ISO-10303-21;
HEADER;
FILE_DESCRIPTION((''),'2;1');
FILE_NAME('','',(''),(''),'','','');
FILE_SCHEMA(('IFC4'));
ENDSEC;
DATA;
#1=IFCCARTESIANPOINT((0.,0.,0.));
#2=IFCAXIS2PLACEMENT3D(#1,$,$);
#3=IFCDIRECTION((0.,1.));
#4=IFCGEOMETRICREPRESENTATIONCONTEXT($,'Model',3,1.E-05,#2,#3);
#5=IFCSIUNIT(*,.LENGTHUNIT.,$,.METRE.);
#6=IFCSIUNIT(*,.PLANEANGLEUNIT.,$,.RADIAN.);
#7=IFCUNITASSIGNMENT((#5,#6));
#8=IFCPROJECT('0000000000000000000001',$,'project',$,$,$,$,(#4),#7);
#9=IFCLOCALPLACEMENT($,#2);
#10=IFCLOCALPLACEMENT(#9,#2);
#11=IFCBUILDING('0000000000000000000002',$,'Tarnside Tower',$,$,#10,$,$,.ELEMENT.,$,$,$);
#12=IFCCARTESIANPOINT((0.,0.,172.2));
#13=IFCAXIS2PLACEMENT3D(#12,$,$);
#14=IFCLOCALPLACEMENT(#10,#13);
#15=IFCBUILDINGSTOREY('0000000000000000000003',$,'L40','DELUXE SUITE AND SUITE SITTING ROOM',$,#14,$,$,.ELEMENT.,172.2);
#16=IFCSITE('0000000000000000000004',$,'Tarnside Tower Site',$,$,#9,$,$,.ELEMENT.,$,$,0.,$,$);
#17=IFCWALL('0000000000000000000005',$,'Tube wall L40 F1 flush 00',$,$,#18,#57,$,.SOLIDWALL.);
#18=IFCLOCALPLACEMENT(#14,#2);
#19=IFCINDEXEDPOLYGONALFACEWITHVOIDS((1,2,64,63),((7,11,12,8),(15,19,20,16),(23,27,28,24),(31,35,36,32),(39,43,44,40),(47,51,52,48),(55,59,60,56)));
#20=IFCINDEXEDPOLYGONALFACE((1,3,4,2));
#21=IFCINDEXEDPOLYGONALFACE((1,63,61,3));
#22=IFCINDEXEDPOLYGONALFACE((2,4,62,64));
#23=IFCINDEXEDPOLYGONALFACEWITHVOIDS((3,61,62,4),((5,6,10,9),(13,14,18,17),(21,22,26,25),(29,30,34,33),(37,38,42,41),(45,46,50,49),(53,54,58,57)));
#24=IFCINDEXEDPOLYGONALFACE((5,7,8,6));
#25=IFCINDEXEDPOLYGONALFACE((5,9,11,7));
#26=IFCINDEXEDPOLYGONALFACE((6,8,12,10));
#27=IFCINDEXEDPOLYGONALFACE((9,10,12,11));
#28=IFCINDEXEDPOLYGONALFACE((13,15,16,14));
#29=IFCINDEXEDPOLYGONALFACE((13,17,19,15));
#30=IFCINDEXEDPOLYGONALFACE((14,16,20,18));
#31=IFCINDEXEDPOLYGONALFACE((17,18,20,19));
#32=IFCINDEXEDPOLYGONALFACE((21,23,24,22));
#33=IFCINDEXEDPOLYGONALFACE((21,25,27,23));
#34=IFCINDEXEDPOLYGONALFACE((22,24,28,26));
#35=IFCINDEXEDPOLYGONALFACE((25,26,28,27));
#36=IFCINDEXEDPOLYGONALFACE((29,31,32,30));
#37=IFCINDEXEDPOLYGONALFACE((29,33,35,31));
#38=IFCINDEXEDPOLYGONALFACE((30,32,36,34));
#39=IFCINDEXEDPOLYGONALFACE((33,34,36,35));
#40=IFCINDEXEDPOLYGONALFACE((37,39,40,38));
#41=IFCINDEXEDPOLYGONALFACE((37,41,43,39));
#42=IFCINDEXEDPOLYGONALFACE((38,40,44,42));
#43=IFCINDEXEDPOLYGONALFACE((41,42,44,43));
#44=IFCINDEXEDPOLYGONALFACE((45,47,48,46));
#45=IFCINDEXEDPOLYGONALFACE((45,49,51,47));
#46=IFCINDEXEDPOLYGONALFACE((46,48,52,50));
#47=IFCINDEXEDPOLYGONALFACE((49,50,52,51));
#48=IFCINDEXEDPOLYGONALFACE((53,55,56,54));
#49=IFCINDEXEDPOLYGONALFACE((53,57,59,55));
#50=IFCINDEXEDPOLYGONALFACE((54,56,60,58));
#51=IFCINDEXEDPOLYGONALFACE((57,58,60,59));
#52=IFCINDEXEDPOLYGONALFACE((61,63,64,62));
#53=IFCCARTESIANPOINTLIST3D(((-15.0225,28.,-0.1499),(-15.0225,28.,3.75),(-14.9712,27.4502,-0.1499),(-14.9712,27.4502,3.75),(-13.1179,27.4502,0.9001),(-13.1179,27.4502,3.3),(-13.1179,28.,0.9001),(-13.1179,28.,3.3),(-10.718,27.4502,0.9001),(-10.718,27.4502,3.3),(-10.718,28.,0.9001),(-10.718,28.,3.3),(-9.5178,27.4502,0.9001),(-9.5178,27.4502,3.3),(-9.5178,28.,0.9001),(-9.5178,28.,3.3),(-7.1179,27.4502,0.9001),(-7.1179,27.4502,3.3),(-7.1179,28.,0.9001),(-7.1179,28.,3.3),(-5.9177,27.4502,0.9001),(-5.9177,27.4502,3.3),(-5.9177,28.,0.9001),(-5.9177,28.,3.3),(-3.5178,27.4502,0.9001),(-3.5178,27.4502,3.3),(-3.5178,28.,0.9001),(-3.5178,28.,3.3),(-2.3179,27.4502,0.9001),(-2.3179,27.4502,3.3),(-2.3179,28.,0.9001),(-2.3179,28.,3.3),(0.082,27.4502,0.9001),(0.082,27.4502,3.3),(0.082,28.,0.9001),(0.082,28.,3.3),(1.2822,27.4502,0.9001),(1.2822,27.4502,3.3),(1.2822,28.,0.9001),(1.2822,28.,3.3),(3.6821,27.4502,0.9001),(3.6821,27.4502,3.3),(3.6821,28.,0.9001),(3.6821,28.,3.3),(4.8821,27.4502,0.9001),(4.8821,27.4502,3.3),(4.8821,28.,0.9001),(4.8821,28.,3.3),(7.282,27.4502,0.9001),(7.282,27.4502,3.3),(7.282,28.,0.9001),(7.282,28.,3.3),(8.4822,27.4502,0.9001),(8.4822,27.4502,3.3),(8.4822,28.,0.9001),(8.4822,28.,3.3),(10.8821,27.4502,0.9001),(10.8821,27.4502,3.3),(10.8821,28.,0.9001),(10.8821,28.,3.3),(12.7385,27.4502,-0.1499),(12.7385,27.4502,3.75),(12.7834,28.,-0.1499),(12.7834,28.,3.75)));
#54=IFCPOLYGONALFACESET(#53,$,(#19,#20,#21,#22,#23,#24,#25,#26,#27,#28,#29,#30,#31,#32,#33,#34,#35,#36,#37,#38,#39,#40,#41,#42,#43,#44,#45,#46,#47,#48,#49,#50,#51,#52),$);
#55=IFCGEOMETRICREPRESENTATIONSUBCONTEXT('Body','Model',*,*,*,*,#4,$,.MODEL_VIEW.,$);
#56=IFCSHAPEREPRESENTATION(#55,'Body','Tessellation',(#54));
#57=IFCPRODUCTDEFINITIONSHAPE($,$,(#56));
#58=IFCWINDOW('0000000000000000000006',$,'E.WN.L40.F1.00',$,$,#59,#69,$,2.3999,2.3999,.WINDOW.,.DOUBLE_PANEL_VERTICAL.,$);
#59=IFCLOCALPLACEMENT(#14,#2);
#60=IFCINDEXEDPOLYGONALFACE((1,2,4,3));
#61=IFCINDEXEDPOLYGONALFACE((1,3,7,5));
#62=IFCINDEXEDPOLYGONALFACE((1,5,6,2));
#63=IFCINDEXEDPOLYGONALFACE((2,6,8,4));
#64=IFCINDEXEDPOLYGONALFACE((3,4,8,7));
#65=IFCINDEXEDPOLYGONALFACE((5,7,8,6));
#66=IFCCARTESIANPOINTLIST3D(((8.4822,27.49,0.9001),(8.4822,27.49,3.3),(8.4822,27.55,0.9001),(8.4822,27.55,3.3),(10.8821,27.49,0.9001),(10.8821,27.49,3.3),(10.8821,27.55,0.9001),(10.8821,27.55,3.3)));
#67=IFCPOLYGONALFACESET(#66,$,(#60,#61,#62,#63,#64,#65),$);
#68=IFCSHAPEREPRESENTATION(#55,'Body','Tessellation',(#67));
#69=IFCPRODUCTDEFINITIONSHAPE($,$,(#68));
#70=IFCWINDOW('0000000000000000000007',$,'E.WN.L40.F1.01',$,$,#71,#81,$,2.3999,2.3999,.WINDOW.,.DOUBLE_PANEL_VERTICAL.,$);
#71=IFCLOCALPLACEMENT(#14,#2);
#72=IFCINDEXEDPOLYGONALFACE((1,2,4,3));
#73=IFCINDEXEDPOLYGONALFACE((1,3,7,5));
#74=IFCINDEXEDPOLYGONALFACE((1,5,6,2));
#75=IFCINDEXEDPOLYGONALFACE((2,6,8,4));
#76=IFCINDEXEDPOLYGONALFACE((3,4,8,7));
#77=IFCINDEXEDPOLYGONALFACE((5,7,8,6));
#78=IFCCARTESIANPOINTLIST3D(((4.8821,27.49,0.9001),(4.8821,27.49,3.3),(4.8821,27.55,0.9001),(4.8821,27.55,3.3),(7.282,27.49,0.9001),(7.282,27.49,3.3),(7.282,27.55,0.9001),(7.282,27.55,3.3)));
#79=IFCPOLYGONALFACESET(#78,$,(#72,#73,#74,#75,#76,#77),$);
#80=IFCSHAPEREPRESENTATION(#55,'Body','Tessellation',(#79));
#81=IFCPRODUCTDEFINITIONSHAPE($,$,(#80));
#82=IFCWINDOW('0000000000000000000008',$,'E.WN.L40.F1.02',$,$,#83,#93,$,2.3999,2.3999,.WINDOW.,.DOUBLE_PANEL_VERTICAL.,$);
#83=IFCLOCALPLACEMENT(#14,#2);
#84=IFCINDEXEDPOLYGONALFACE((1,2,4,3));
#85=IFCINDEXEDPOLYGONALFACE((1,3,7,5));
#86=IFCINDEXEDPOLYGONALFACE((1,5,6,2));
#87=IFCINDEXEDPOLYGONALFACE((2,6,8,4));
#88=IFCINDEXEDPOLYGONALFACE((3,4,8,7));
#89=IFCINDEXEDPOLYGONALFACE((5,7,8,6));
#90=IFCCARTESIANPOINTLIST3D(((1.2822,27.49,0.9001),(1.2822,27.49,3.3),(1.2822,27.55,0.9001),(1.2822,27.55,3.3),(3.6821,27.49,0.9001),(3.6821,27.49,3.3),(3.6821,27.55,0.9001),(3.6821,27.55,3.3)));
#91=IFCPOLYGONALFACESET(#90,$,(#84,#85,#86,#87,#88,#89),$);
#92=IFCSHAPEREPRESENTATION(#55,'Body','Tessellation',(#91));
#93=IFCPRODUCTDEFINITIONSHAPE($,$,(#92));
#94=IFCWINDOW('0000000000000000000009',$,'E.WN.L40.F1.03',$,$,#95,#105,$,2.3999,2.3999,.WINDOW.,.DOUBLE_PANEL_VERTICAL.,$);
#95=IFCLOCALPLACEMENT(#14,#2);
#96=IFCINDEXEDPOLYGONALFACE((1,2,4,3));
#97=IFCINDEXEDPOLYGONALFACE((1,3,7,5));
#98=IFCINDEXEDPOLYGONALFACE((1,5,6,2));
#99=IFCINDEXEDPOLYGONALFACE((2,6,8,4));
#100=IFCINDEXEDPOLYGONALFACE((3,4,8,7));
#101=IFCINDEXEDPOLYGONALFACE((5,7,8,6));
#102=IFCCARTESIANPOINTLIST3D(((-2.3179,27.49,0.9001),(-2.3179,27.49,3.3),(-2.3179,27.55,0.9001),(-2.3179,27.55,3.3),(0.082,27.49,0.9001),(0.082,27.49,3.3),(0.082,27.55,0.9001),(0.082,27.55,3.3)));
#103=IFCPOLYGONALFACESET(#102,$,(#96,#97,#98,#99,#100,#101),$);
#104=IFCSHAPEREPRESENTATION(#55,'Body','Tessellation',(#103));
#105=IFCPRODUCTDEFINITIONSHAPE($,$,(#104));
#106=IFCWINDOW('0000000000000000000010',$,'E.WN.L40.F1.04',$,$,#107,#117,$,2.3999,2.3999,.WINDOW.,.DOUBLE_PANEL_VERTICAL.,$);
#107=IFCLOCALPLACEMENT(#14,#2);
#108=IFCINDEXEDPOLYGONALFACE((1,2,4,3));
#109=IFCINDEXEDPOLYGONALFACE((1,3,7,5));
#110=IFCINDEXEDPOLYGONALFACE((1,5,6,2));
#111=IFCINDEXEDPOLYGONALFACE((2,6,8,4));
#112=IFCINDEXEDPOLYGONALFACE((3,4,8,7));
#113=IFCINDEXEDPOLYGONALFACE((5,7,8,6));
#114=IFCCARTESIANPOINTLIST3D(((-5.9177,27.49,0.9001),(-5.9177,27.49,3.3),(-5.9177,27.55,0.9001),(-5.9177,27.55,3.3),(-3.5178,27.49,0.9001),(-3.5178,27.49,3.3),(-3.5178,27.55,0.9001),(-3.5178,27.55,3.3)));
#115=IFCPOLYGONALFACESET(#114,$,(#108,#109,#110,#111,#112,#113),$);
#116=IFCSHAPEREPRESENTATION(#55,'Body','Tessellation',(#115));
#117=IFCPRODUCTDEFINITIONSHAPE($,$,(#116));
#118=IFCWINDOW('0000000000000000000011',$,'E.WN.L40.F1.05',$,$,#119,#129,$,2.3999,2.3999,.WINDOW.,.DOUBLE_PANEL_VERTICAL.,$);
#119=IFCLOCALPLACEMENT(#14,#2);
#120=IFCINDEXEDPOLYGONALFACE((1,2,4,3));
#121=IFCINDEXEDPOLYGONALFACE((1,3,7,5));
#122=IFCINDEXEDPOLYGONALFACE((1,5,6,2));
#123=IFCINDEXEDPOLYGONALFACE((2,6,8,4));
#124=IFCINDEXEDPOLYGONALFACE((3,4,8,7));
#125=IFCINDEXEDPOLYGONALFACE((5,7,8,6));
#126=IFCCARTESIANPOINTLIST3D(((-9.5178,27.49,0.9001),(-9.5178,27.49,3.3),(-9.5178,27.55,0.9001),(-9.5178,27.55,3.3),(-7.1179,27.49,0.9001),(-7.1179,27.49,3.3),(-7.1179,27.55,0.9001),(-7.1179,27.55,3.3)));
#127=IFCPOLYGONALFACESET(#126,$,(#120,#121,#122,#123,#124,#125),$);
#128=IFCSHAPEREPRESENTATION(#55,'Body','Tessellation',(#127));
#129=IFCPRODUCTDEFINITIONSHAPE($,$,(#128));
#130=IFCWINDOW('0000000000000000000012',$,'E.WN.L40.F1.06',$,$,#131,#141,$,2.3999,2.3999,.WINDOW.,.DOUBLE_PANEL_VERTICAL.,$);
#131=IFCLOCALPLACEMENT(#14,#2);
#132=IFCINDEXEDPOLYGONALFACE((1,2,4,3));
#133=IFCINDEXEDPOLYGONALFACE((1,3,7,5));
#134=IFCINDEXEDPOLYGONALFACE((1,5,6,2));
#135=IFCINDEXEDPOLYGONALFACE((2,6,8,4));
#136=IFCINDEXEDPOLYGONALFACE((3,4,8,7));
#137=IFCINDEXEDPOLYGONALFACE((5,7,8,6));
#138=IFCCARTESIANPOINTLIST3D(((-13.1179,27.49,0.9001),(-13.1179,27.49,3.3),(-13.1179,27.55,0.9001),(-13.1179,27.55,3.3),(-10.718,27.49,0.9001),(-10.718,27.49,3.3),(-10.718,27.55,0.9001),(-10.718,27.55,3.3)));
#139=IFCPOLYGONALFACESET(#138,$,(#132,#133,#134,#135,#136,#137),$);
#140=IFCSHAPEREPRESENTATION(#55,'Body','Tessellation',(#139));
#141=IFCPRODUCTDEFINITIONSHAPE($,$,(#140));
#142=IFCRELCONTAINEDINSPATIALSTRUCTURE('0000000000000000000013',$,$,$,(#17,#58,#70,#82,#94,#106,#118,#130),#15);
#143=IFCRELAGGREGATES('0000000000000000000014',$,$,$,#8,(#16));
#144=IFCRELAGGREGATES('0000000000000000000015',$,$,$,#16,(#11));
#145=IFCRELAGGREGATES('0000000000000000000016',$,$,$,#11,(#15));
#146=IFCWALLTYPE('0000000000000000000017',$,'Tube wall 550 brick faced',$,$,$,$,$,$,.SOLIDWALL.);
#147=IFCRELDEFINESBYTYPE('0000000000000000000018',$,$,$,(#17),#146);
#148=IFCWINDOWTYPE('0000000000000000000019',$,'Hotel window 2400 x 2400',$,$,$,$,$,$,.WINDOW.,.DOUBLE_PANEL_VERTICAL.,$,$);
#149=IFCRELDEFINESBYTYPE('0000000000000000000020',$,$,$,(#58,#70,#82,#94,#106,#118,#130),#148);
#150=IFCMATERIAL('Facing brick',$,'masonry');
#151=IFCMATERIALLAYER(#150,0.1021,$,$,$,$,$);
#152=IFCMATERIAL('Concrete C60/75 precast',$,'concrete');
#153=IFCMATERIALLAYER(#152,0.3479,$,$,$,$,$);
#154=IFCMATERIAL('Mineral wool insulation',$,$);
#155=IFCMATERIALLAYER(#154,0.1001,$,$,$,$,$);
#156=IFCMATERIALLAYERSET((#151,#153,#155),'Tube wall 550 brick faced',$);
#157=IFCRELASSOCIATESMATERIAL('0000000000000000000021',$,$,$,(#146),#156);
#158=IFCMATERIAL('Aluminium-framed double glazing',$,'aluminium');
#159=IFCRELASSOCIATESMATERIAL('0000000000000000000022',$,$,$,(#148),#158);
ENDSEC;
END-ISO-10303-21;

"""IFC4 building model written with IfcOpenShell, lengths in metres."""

from ifc_helpers import new_model, si_unit, direction, frame, frame_2d, origin, place, context, subcontext, project, spatial, polyline, rectangle, outline, extrude, material, layer, layer_set, type_object, element, fill, save


model = new_model("IFC4")

# Units and contexts
model_context = context("Model", 3, precision=1e-05, world=origin(), true_north=direction((0.0, 1.0)))
body_context = subcontext(model_context, "Body", "Model", "MODEL_VIEW")
ifc_project = project(units=[si_unit("LENGTHUNIT", "METRE"), si_unit("PLANEANGLEUNIT", "RADIAN")], contexts=[model_context])

# Site, building, storey
site_placement = place(None, origin())
site = spatial("IfcSite", under=ifc_project, at=site_placement, Name="Tarnside Tower Site", CompositionType="ELEMENT", RefElevation=0.0)
building_placement = place(site_placement, origin())
building = spatial("IfcBuilding", under=site, at=building_placement, Name="Tarnside Tower", CompositionType="ELEMENT")
storey_placement = place(building_placement, frame((0.0, 0.0, 172.2)))
storey = spatial("IfcBuildingStorey", under=building, at=storey_placement, Name="L40", Description="DELUXE SUITE AND SUITE SITTING ROOM", CompositionType="ELEMENT", Elevation=172.2)

# Wall, openings, windows
ifc_material_1 = material(Name="Facing brick", Category="masonry")
ifc_layer_1 = layer(ifc_material_1, 0.1021)
ifc_material_2 = material(Name="Concrete C60/75 precast", Category="concrete")
ifc_layer_2 = layer(ifc_material_2, 0.3479)
ifc_material_3 = material(Name="Mineral wool insulation")
ifc_layer_3 = layer(ifc_material_3, 0.1001)
ifc_layer_set_1 = layer_set([ifc_layer_1, ifc_layer_2, ifc_layer_3], Name="Tube wall 550 brick faced")
wall_type_1 = type_object("IfcWallType", Name="Tube wall 550 brick faced", PredefinedType="SOLIDWALL", material=ifc_layer_set_1)
wall_1_placement = place(storey_placement, frame((12.761, 27.7251, -0.1499), z_axis=(0.0, 0.0, 1.0), x_axis=(-1.0, 0.0, 0.0)))
wall_1 = element("IfcWall", 1, at=wall_1_placement, inside=storey, type_object=wall_type_1, Name="Tube wall L40 F1 flush 00", PredefinedType="SOLIDWALL", context=body_context, shape_type="SweptSolid", body=[
    extrude(outline(polyline([(-0.0225, -0.2749), (27.7834, -0.2749), (27.7322, 0.2749), (0.0225, 0.2749), (-0.0225, -0.2749)])), origin(), (0.0, 0.0, 1.0), 3.8999),
])
opening_1_placement = place(wall_1_placement, frame((1.8789, 0.0, 1.05)))
opening_1 = element("IfcOpeningElement", 2, at=opening_1_placement, cuts=wall_1, PredefinedType="OPENING", context=body_context, shape_type="SweptSolid", body=[
    extrude(rectangle(XDim=2.3999, YDim=2.3999, at=frame_2d((1.2, 1.2))), frame((0.0, 0.2852, 0.0), z_axis=(0.0, -1.0, 0.0), x_axis=(1.0, 0.0, 0.0)), (0.0, 0.0, 1.0), 0.5701),
])
opening_2_placement = place(wall_1_placement, frame((5.479, 0.0, 1.05)))
opening_2 = element("IfcOpeningElement", 3, at=opening_2_placement, cuts=wall_1, PredefinedType="OPENING", context=body_context, shape_type="SweptSolid", body=[
    extrude(rectangle(XDim=2.3999, YDim=2.3999, at=frame_2d((1.2, 1.2))), frame((0.0, 0.2852, 0.0), z_axis=(0.0, -1.0, 0.0), x_axis=(1.0, 0.0, 0.0)), (0.0, 0.0, 1.0), 0.5701),
])
opening_3_placement = place(wall_1_placement, frame((9.0789, 0.0, 1.05)))
opening_3 = element("IfcOpeningElement", 4, at=opening_3_placement, cuts=wall_1, PredefinedType="OPENING", context=body_context, shape_type="SweptSolid", body=[
    extrude(rectangle(XDim=2.3999, YDim=2.3999, at=frame_2d((1.2, 1.2))), frame((0.0, 0.2852, 0.0), z_axis=(0.0, -1.0, 0.0), x_axis=(1.0, 0.0, 0.0)), (0.0, 0.0, 1.0), 0.5701),
])
opening_4_placement = place(wall_1_placement, frame((12.679, 0.0, 1.05)))
opening_4 = element("IfcOpeningElement", 5, at=opening_4_placement, cuts=wall_1, PredefinedType="OPENING", context=body_context, shape_type="SweptSolid", body=[
    extrude(rectangle(XDim=2.3999, YDim=2.3999, at=frame_2d((1.2, 1.2))), frame((0.0, 0.2852, 0.0), z_axis=(0.0, -1.0, 0.0), x_axis=(1.0, 0.0, 0.0)), (0.0, 0.0, 1.0), 0.5701),
])
opening_5_placement = place(wall_1_placement, frame((16.2788, 0.0, 1.05)))
opening_5 = element("IfcOpeningElement", 6, at=opening_5_placement, cuts=wall_1, PredefinedType="OPENING", context=body_context, shape_type="SweptSolid", body=[
    extrude(rectangle(XDim=2.3999, YDim=2.3999, at=frame_2d((1.2, 1.2))), frame((0.0, 0.2852, 0.0), z_axis=(0.0, -1.0, 0.0), x_axis=(1.0, 0.0, 0.0)), (0.0, 0.0, 1.0), 0.5701),
])
opening_6_placement = place(wall_1_placement, frame((19.8789, 0.0, 1.05)))
opening_6 = element("IfcOpeningElement", 7, at=opening_6_placement, cuts=wall_1, PredefinedType="OPENING", context=body_context, shape_type="SweptSolid", body=[
    extrude(rectangle(XDim=2.3999, YDim=2.3999, at=frame_2d((1.2, 1.2))), frame((0.0, 0.2852, 0.0), z_axis=(0.0, -1.0, 0.0), x_axis=(1.0, 0.0, 0.0)), (0.0, 0.0, 1.0), 0.5701),
])
opening_7_placement = place(wall_1_placement, frame((23.479, 0.0, 1.05)))
opening_7 = element("IfcOpeningElement", 8, at=opening_7_placement, cuts=wall_1, PredefinedType="OPENING", context=body_context, shape_type="SweptSolid", body=[
    extrude(rectangle(XDim=2.3999, YDim=2.3999, at=frame_2d((1.2, 1.2))), frame((0.0, 0.2852, 0.0), z_axis=(0.0, -1.0, 0.0), x_axis=(1.0, 0.0, 0.0)), (0.0, 0.0, 1.0), 0.5701),
])
ifc_material_4 = material(Name="Aluminium-framed double glazing", Category="aluminium")
window_type = type_object("IfcWindowType", Name="Hotel window 2400 x 2400", PartitioningType="DOUBLE_PANEL_VERTICAL", PredefinedType="WINDOW", material=ifc_material_4)
window_1_placement = place(opening_1_placement, frame((0.0, 0.2051, 0.0)))
window_1 = element("IfcWindow", 9, at=window_1_placement, inside=storey, type_object=window_type, Name="E.WN.L40.F1.00", OverallHeight=2.3999, OverallWidth=2.3999, PartitioningType="DOUBLE_PANEL_VERTICAL", PredefinedType="WINDOW", context=body_context, shape_type="SweptSolid", body=[
    extrude(rectangle(XDim=2.3999, YDim=2.3999, at=frame_2d((1.2, 1.2))), frame((0.0, 0.03, 0.0), z_axis=(0.0, -1.0, 0.0), x_axis=(1.0, 0.0, 0.0)), (0.0, 0.0, 1.0), 0.0601),
])
fill(opening_1, window_1)
window_2_placement = place(opening_2_placement, frame((0.0, 0.2051, 0.0)))
window_2 = element("IfcWindow", 10, at=window_2_placement, inside=storey, type_object=window_type, Name="E.WN.L40.F1.01", OverallHeight=2.3999, OverallWidth=2.3999, PartitioningType="DOUBLE_PANEL_VERTICAL", PredefinedType="WINDOW", context=body_context, shape_type="SweptSolid", body=[
    extrude(rectangle(XDim=2.3999, YDim=2.3999, at=frame_2d((1.2, 1.2))), frame((0.0, 0.03, 0.0), z_axis=(0.0, -1.0, 0.0), x_axis=(1.0, 0.0, 0.0)), (0.0, 0.0, 1.0), 0.0601),
])
fill(opening_2, window_2)
window_3_placement = place(opening_3_placement, frame((0.0, 0.2051, 0.0)))
window_3 = element("IfcWindow", 11, at=window_3_placement, inside=storey, type_object=window_type, Name="E.WN.L40.F1.02", OverallHeight=2.3999, OverallWidth=2.3999, PartitioningType="DOUBLE_PANEL_VERTICAL", PredefinedType="WINDOW", context=body_context, shape_type="SweptSolid", body=[
    extrude(rectangle(XDim=2.3999, YDim=2.3999, at=frame_2d((1.2, 1.2))), frame((0.0, 0.03, 0.0), z_axis=(0.0, -1.0, 0.0), x_axis=(1.0, 0.0, 0.0)), (0.0, 0.0, 1.0), 0.0601),
])
fill(opening_3, window_3)
window_4_placement = place(opening_4_placement, frame((0.0, 0.2051, 0.0)))
window_4 = element("IfcWindow", 12, at=window_4_placement, inside=storey, type_object=window_type, Name="E.WN.L40.F1.03", OverallHeight=2.3999, OverallWidth=2.3999, PartitioningType="DOUBLE_PANEL_VERTICAL", PredefinedType="WINDOW", context=body_context, shape_type="SweptSolid", body=[
    extrude(rectangle(XDim=2.3999, YDim=2.3999, at=frame_2d((1.2, 1.2))), frame((0.0, 0.03, 0.0), z_axis=(0.0, -1.0, 0.0), x_axis=(1.0, 0.0, 0.0)), (0.0, 0.0, 1.0), 0.0601),
])
fill(opening_4, window_4)
window_5_placement = place(opening_5_placement, frame((0.0, 0.2051, 0.0)))
window_5 = element("IfcWindow", 13, at=window_5_placement, inside=storey, type_object=window_type, Name="E.WN.L40.F1.04", OverallHeight=2.3999, OverallWidth=2.3999, PartitioningType="DOUBLE_PANEL_VERTICAL", PredefinedType="WINDOW", context=body_context, shape_type="SweptSolid", body=[
    extrude(rectangle(XDim=2.3999, YDim=2.3999, at=frame_2d((1.2, 1.2))), frame((0.0, 0.03, 0.0), z_axis=(0.0, -1.0, 0.0), x_axis=(1.0, 0.0, 0.0)), (0.0, 0.0, 1.0), 0.0601),
])
fill(opening_5, window_5)
window_6_placement = place(opening_6_placement, frame((0.0, 0.2051, 0.0)))
window_6 = element("IfcWindow", 14, at=window_6_placement, inside=storey, type_object=window_type, Name="E.WN.L40.F1.05", OverallHeight=2.3999, OverallWidth=2.3999, PartitioningType="DOUBLE_PANEL_VERTICAL", PredefinedType="WINDOW", context=body_context, shape_type="SweptSolid", body=[
    extrude(rectangle(XDim=2.3999, YDim=2.3999, at=frame_2d((1.2, 1.2))), frame((0.0, 0.03, 0.0), z_axis=(0.0, -1.0, 0.0), x_axis=(1.0, 0.0, 0.0)), (0.0, 0.0, 1.0), 0.0601),
])
fill(opening_6, window_6)
window_7_placement = place(opening_7_placement, frame((0.0, 0.2051, 0.0)))
window_7 = element("IfcWindow", 15, at=window_7_placement, inside=storey, type_object=window_type, Name="E.WN.L40.F1.06", OverallHeight=2.3999, OverallWidth=2.3999, PartitioningType="DOUBLE_PANEL_VERTICAL", PredefinedType="WINDOW", context=body_context, shape_type="SweptSolid", body=[
    extrude(rectangle(XDim=2.3999, YDim=2.3999, at=frame_2d((1.2, 1.2))), frame((0.0, 0.03, 0.0), z_axis=(0.0, -1.0, 0.0), x_axis=(1.0, 0.0, 0.0)), (0.0, 0.0, 1.0), 0.0601),
])
fill(opening_7, window_7)

save(model, "model.ifc")
